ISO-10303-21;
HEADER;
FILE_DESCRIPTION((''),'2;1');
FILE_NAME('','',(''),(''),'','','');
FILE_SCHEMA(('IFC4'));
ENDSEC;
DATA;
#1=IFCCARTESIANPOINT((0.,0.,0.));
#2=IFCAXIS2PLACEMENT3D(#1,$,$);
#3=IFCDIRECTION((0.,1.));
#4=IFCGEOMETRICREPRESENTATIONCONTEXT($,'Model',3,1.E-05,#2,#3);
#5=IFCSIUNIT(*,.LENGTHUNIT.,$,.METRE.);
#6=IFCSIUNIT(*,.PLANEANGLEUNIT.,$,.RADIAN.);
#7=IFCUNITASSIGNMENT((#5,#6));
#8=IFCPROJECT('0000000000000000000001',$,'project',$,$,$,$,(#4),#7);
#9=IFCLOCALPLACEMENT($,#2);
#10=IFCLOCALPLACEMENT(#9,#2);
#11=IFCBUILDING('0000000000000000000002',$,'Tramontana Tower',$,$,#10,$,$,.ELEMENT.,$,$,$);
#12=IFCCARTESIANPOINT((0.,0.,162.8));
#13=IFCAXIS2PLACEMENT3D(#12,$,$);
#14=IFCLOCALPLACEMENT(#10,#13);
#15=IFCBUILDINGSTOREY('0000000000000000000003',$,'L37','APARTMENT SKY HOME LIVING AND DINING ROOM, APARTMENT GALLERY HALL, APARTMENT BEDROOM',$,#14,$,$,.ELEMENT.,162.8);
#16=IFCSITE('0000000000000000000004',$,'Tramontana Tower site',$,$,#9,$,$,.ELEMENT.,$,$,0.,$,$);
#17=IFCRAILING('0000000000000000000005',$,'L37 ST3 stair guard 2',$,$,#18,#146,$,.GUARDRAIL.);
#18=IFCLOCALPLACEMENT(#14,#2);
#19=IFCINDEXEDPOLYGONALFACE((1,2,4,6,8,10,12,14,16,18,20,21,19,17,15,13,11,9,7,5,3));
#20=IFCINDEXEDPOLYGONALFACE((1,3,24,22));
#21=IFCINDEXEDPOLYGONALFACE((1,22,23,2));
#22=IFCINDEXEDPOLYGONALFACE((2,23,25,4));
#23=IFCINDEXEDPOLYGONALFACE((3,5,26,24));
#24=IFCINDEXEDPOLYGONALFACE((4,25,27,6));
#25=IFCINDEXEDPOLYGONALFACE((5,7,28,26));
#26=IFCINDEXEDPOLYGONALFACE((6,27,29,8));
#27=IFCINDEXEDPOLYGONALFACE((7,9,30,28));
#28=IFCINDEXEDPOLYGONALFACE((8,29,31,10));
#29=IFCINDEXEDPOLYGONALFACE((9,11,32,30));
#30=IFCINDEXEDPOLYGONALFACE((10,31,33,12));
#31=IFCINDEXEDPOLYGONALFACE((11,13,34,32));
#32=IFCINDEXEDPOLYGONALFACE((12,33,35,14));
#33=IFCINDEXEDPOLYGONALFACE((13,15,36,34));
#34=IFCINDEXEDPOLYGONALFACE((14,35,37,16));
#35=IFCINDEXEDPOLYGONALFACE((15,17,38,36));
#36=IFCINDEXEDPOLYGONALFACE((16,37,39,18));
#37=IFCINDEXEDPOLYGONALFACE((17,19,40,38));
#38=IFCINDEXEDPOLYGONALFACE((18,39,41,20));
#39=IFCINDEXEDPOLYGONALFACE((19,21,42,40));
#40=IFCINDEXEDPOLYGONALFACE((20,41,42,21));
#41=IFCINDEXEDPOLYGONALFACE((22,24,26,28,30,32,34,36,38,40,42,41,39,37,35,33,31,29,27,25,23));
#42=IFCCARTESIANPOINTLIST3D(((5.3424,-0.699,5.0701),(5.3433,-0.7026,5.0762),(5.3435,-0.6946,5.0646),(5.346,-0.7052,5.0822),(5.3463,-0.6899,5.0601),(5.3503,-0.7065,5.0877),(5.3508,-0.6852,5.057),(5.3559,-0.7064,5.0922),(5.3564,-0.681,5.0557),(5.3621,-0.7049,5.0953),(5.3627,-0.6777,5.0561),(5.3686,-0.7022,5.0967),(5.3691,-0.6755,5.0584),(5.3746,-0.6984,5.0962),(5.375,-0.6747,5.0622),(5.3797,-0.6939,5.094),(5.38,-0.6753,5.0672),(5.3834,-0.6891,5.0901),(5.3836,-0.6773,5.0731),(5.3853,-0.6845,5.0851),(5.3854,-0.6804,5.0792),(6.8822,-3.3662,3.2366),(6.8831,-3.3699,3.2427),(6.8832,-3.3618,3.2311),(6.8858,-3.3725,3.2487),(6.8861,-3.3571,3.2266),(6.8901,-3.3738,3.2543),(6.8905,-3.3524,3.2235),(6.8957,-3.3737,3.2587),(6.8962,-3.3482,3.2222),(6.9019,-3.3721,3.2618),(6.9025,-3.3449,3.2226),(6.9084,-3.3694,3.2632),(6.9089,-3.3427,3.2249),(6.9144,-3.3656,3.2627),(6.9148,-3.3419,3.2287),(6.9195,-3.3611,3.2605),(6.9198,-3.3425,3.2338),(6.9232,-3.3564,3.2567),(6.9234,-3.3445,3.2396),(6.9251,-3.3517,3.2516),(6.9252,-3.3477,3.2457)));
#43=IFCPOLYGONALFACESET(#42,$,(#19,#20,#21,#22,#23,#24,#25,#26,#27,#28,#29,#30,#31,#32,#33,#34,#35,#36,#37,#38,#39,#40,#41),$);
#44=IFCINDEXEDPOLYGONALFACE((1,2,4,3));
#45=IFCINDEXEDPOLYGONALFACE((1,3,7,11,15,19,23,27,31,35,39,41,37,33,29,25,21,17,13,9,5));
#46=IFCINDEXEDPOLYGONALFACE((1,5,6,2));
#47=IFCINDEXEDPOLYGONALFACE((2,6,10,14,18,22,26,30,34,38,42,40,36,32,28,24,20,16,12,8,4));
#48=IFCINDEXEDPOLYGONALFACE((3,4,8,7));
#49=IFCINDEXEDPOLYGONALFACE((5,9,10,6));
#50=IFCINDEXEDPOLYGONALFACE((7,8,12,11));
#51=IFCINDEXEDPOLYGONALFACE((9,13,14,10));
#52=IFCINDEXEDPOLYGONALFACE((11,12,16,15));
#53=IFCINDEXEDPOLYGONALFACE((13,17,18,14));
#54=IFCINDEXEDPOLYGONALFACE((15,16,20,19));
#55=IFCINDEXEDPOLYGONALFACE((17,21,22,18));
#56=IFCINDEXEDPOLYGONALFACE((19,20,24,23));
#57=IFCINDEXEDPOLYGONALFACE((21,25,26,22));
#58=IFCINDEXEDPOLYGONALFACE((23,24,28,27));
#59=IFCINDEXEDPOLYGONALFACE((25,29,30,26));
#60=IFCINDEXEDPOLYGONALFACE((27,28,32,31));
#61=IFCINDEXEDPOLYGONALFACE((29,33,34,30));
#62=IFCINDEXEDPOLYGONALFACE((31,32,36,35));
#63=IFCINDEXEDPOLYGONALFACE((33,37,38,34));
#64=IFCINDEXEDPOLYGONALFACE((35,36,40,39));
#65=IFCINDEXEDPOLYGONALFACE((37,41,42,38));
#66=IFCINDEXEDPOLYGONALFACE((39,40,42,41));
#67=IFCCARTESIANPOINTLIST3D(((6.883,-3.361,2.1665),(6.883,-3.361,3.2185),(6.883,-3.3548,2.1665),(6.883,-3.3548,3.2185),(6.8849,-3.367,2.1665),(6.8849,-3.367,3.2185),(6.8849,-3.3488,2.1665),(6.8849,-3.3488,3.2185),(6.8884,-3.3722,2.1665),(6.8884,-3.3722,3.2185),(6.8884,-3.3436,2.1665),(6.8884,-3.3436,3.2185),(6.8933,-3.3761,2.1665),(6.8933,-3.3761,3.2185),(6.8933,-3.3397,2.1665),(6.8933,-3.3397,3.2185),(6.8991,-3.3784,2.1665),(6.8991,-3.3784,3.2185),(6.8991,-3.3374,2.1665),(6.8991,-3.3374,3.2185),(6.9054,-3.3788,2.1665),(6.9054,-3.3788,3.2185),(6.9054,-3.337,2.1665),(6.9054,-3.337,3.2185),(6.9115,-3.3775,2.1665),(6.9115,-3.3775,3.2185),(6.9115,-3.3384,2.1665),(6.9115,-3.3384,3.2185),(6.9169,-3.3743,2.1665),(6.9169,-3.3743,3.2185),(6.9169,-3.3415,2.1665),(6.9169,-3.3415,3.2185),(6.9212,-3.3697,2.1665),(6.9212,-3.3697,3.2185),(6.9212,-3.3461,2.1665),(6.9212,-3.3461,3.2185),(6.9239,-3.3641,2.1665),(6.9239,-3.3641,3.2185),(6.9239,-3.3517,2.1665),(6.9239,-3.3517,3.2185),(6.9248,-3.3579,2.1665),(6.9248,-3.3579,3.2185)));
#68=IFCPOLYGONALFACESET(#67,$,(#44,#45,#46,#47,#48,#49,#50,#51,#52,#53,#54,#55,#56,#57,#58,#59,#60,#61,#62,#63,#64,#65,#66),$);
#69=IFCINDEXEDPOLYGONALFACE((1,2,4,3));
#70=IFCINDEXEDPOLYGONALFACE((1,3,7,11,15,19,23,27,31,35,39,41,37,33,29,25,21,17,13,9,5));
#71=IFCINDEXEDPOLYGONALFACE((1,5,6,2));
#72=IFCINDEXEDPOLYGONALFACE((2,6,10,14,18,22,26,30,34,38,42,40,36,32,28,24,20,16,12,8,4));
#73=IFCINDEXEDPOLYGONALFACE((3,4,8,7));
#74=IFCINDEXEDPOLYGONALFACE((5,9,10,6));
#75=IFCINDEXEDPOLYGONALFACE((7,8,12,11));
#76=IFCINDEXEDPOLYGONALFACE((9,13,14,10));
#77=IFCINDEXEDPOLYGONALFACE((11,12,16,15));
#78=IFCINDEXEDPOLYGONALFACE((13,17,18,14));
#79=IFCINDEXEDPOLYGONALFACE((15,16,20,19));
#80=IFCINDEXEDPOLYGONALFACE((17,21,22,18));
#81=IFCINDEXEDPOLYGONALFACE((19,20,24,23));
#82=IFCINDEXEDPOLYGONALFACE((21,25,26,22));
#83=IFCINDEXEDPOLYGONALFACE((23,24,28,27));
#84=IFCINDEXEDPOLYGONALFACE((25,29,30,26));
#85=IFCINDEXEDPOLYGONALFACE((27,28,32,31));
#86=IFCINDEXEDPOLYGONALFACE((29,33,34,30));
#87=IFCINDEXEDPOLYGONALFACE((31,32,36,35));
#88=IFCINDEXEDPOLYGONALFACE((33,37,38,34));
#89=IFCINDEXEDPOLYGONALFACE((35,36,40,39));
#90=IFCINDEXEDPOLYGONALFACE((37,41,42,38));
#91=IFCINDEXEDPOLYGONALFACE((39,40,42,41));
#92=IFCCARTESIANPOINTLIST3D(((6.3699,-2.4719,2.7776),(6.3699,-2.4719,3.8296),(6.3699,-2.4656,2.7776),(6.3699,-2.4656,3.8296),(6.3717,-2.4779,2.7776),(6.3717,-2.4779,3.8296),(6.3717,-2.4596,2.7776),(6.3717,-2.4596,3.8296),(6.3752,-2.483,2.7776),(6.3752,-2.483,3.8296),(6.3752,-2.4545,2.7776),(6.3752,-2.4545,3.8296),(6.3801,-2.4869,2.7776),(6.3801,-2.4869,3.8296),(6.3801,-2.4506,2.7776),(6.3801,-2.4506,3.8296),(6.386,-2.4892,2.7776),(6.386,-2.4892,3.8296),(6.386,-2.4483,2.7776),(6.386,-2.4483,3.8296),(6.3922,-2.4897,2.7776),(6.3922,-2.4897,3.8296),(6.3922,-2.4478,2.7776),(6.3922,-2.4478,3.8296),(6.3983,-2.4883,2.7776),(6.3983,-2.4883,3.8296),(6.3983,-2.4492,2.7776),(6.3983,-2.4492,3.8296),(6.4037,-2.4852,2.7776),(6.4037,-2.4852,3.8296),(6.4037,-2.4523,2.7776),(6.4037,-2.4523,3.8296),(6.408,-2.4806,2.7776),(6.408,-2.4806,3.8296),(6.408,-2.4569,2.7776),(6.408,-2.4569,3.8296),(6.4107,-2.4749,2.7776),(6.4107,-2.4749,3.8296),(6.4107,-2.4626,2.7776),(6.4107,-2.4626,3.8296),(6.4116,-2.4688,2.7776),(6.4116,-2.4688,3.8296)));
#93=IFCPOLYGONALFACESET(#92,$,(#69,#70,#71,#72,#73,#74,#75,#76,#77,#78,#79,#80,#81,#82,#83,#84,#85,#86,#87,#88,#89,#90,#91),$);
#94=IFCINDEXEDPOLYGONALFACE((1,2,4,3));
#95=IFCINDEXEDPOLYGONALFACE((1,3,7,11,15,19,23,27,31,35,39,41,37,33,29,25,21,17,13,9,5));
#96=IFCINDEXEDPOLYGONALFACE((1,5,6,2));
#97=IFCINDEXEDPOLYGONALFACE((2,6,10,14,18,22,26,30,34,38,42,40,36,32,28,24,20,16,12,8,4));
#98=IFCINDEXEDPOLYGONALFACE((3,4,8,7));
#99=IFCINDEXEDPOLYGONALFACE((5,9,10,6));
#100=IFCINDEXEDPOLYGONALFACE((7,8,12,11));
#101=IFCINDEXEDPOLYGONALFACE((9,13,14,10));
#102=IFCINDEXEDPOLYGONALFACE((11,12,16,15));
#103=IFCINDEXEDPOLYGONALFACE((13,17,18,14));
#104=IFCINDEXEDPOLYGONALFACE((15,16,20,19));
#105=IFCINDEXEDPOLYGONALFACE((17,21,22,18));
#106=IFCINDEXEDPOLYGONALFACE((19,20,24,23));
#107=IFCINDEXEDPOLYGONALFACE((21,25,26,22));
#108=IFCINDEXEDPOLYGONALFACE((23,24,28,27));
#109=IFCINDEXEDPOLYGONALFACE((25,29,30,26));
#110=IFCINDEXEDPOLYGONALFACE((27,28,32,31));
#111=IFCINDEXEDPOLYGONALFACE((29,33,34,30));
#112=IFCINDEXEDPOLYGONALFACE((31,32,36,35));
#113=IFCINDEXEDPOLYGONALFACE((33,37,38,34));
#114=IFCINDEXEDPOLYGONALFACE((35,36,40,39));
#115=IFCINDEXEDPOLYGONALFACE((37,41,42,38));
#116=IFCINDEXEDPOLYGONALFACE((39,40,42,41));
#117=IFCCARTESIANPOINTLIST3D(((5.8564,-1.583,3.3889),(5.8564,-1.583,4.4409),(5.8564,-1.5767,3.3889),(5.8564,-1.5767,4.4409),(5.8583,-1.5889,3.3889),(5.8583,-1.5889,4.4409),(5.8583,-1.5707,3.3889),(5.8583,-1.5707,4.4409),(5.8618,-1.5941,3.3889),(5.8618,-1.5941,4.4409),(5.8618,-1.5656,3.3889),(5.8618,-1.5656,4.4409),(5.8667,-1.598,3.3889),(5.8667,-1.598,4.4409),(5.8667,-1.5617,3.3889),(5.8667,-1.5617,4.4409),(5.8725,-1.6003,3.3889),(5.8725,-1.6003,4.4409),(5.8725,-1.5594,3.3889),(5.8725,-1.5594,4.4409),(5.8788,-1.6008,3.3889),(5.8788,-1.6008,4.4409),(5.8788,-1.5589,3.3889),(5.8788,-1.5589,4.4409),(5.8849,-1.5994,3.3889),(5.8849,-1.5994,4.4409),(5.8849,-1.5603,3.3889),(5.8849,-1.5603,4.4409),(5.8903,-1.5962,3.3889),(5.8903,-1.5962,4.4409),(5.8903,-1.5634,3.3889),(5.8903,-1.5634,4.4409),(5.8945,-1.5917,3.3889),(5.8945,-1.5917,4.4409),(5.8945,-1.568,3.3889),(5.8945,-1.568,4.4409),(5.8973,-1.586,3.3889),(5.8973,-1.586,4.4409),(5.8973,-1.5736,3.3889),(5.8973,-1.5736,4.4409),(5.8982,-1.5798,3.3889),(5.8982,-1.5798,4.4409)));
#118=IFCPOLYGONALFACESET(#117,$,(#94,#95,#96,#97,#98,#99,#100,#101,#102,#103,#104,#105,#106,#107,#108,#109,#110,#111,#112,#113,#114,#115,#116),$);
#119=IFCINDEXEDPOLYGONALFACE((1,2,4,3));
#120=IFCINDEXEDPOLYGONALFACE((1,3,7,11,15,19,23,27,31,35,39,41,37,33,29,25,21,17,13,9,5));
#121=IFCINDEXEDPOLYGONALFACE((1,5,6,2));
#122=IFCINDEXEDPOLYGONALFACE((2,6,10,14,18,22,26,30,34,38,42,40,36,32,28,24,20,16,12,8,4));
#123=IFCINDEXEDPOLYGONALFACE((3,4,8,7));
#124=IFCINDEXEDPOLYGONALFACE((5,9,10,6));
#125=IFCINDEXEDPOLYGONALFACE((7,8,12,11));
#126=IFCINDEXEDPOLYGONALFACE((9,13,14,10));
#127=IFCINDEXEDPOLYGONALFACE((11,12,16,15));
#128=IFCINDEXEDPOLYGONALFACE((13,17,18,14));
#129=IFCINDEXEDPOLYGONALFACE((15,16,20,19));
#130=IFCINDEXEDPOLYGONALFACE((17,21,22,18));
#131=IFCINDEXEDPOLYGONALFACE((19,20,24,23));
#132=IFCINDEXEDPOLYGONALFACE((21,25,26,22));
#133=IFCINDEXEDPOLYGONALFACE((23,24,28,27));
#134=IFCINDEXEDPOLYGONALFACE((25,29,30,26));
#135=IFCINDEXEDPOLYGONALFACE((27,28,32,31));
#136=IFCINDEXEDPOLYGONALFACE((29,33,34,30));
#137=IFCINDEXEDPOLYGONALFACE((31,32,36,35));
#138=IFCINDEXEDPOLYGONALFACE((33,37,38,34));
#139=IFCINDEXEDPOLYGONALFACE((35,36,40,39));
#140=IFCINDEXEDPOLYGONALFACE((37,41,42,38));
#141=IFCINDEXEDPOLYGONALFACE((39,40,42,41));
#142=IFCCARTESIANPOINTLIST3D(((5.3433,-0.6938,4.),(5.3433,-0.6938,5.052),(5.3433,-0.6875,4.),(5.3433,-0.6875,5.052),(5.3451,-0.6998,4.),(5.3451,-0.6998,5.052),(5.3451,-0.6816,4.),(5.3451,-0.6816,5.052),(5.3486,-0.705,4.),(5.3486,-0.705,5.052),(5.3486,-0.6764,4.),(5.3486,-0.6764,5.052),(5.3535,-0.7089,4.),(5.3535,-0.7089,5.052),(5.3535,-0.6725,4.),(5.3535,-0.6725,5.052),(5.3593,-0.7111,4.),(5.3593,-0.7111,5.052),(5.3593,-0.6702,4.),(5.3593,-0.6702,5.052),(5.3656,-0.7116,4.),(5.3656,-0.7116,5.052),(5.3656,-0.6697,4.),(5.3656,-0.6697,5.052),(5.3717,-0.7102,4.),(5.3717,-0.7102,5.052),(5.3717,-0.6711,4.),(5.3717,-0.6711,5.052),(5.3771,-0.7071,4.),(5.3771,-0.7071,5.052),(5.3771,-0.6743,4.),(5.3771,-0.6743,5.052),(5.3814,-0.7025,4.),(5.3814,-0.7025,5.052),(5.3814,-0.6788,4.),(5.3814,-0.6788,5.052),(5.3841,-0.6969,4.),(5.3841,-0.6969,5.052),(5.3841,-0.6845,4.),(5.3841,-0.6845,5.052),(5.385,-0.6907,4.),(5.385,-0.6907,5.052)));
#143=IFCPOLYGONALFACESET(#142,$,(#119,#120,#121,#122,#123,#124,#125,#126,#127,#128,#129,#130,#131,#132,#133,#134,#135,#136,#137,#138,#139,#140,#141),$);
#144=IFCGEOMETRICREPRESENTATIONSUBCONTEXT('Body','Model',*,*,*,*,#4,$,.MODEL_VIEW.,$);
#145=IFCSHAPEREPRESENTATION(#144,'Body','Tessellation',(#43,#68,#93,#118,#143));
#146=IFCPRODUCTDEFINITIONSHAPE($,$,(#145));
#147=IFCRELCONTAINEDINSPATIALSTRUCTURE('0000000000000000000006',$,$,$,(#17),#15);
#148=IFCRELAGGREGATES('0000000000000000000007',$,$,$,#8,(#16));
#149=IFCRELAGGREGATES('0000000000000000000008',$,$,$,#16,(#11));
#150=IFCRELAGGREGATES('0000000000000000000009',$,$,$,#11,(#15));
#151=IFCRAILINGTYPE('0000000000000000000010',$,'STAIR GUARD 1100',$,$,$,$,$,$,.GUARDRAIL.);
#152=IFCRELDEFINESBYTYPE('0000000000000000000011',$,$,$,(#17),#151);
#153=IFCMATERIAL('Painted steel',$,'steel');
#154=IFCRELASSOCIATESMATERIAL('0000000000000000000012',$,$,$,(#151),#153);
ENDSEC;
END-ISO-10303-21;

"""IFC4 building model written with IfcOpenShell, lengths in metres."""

from ifc_helpers import new_model, si_unit, direction, frame, origin, origin_2d, place, context, subcontext, project, spatial, circle, extrude, material, type_object, element, save


model = new_model("IFC4")

# Units and contexts
model_context = context("Model", 3, precision=1e-05, world=origin(), true_north=direction((0.0, 1.0)))
body_context = subcontext(model_context, "Body", "Model", "MODEL_VIEW")
ifc_project = project(units=[si_unit("LENGTHUNIT", "METRE"), si_unit("PLANEANGLEUNIT", "RADIAN")], contexts=[model_context])

# Site, building, storey
site_placement = place(None, origin())
site = spatial("IfcSite", under=ifc_project, at=site_placement, Name="Tramontana Tower site", CompositionType="ELEMENT", RefElevation=0.0)
building_placement = place(site_placement, origin())
building = spatial("IfcBuilding", under=site, at=building_placement, Name="Tramontana Tower", CompositionType="ELEMENT")
storey_placement = place(building_placement, frame((0.0, 0.0, 162.8)))
storey = spatial("IfcBuildingStorey", under=building, at=storey_placement, Name="L37", Description="APARTMENT SKY HOME LIVING AND DINING ROOM, APARTMENT GALLERY HALL, APARTMENT BEDROOM", CompositionType="ELEMENT", Elevation=162.8)

# Railing
ifc_material_1 = material(Name="Painted steel", Category="steel")
railing_type_1 = type_object("IfcRailingType", Name="STAIR GUARD 1100", PredefinedType="GUARDRAIL", material=ifc_material_1)
railing_1_placement = place(storey_placement, frame((6.9038, -3.3579, 2.1665)))
element("IfcRailing", 1, at=railing_1_placement, inside=storey, type_object=railing_type_1, Name="L37 ST3 stair guard 2", PredefinedType="GUARDRAIL", context=body_context, shape_type="SweptSolid", body=[
    extrude(circle(Radius=0.0239, at=origin_2d()), frame((0.0, 0.0, 1.0762), z_axis=(-0.429601, 0.744155, 0.511543), x_axis=(-0.866044, -0.499967, 0.0)), (0.0, 0.0, 1.0), 3.5842),
    extrude(circle(Radius=0.021, at=origin_2d()), origin(), (0.0, 0.0, 1.0), 1.052),
    extrude(circle(Radius=0.021, at=origin_2d()), frame((-0.5132, 0.8892, 0.6111)), (0.0, 0.0, 1.0), 1.052),
    extrude(circle(Radius=0.021, at=origin_2d()), frame((-1.0266, 1.7781, 1.2224)), (0.0, 0.0, 1.0), 1.052),
    extrude(circle(Radius=0.021, at=origin_2d()), frame((-1.5398, 2.6672, 1.8335)), (0.0, 0.0, 1.0), 1.052),
])

save(model, "model.ifc")
